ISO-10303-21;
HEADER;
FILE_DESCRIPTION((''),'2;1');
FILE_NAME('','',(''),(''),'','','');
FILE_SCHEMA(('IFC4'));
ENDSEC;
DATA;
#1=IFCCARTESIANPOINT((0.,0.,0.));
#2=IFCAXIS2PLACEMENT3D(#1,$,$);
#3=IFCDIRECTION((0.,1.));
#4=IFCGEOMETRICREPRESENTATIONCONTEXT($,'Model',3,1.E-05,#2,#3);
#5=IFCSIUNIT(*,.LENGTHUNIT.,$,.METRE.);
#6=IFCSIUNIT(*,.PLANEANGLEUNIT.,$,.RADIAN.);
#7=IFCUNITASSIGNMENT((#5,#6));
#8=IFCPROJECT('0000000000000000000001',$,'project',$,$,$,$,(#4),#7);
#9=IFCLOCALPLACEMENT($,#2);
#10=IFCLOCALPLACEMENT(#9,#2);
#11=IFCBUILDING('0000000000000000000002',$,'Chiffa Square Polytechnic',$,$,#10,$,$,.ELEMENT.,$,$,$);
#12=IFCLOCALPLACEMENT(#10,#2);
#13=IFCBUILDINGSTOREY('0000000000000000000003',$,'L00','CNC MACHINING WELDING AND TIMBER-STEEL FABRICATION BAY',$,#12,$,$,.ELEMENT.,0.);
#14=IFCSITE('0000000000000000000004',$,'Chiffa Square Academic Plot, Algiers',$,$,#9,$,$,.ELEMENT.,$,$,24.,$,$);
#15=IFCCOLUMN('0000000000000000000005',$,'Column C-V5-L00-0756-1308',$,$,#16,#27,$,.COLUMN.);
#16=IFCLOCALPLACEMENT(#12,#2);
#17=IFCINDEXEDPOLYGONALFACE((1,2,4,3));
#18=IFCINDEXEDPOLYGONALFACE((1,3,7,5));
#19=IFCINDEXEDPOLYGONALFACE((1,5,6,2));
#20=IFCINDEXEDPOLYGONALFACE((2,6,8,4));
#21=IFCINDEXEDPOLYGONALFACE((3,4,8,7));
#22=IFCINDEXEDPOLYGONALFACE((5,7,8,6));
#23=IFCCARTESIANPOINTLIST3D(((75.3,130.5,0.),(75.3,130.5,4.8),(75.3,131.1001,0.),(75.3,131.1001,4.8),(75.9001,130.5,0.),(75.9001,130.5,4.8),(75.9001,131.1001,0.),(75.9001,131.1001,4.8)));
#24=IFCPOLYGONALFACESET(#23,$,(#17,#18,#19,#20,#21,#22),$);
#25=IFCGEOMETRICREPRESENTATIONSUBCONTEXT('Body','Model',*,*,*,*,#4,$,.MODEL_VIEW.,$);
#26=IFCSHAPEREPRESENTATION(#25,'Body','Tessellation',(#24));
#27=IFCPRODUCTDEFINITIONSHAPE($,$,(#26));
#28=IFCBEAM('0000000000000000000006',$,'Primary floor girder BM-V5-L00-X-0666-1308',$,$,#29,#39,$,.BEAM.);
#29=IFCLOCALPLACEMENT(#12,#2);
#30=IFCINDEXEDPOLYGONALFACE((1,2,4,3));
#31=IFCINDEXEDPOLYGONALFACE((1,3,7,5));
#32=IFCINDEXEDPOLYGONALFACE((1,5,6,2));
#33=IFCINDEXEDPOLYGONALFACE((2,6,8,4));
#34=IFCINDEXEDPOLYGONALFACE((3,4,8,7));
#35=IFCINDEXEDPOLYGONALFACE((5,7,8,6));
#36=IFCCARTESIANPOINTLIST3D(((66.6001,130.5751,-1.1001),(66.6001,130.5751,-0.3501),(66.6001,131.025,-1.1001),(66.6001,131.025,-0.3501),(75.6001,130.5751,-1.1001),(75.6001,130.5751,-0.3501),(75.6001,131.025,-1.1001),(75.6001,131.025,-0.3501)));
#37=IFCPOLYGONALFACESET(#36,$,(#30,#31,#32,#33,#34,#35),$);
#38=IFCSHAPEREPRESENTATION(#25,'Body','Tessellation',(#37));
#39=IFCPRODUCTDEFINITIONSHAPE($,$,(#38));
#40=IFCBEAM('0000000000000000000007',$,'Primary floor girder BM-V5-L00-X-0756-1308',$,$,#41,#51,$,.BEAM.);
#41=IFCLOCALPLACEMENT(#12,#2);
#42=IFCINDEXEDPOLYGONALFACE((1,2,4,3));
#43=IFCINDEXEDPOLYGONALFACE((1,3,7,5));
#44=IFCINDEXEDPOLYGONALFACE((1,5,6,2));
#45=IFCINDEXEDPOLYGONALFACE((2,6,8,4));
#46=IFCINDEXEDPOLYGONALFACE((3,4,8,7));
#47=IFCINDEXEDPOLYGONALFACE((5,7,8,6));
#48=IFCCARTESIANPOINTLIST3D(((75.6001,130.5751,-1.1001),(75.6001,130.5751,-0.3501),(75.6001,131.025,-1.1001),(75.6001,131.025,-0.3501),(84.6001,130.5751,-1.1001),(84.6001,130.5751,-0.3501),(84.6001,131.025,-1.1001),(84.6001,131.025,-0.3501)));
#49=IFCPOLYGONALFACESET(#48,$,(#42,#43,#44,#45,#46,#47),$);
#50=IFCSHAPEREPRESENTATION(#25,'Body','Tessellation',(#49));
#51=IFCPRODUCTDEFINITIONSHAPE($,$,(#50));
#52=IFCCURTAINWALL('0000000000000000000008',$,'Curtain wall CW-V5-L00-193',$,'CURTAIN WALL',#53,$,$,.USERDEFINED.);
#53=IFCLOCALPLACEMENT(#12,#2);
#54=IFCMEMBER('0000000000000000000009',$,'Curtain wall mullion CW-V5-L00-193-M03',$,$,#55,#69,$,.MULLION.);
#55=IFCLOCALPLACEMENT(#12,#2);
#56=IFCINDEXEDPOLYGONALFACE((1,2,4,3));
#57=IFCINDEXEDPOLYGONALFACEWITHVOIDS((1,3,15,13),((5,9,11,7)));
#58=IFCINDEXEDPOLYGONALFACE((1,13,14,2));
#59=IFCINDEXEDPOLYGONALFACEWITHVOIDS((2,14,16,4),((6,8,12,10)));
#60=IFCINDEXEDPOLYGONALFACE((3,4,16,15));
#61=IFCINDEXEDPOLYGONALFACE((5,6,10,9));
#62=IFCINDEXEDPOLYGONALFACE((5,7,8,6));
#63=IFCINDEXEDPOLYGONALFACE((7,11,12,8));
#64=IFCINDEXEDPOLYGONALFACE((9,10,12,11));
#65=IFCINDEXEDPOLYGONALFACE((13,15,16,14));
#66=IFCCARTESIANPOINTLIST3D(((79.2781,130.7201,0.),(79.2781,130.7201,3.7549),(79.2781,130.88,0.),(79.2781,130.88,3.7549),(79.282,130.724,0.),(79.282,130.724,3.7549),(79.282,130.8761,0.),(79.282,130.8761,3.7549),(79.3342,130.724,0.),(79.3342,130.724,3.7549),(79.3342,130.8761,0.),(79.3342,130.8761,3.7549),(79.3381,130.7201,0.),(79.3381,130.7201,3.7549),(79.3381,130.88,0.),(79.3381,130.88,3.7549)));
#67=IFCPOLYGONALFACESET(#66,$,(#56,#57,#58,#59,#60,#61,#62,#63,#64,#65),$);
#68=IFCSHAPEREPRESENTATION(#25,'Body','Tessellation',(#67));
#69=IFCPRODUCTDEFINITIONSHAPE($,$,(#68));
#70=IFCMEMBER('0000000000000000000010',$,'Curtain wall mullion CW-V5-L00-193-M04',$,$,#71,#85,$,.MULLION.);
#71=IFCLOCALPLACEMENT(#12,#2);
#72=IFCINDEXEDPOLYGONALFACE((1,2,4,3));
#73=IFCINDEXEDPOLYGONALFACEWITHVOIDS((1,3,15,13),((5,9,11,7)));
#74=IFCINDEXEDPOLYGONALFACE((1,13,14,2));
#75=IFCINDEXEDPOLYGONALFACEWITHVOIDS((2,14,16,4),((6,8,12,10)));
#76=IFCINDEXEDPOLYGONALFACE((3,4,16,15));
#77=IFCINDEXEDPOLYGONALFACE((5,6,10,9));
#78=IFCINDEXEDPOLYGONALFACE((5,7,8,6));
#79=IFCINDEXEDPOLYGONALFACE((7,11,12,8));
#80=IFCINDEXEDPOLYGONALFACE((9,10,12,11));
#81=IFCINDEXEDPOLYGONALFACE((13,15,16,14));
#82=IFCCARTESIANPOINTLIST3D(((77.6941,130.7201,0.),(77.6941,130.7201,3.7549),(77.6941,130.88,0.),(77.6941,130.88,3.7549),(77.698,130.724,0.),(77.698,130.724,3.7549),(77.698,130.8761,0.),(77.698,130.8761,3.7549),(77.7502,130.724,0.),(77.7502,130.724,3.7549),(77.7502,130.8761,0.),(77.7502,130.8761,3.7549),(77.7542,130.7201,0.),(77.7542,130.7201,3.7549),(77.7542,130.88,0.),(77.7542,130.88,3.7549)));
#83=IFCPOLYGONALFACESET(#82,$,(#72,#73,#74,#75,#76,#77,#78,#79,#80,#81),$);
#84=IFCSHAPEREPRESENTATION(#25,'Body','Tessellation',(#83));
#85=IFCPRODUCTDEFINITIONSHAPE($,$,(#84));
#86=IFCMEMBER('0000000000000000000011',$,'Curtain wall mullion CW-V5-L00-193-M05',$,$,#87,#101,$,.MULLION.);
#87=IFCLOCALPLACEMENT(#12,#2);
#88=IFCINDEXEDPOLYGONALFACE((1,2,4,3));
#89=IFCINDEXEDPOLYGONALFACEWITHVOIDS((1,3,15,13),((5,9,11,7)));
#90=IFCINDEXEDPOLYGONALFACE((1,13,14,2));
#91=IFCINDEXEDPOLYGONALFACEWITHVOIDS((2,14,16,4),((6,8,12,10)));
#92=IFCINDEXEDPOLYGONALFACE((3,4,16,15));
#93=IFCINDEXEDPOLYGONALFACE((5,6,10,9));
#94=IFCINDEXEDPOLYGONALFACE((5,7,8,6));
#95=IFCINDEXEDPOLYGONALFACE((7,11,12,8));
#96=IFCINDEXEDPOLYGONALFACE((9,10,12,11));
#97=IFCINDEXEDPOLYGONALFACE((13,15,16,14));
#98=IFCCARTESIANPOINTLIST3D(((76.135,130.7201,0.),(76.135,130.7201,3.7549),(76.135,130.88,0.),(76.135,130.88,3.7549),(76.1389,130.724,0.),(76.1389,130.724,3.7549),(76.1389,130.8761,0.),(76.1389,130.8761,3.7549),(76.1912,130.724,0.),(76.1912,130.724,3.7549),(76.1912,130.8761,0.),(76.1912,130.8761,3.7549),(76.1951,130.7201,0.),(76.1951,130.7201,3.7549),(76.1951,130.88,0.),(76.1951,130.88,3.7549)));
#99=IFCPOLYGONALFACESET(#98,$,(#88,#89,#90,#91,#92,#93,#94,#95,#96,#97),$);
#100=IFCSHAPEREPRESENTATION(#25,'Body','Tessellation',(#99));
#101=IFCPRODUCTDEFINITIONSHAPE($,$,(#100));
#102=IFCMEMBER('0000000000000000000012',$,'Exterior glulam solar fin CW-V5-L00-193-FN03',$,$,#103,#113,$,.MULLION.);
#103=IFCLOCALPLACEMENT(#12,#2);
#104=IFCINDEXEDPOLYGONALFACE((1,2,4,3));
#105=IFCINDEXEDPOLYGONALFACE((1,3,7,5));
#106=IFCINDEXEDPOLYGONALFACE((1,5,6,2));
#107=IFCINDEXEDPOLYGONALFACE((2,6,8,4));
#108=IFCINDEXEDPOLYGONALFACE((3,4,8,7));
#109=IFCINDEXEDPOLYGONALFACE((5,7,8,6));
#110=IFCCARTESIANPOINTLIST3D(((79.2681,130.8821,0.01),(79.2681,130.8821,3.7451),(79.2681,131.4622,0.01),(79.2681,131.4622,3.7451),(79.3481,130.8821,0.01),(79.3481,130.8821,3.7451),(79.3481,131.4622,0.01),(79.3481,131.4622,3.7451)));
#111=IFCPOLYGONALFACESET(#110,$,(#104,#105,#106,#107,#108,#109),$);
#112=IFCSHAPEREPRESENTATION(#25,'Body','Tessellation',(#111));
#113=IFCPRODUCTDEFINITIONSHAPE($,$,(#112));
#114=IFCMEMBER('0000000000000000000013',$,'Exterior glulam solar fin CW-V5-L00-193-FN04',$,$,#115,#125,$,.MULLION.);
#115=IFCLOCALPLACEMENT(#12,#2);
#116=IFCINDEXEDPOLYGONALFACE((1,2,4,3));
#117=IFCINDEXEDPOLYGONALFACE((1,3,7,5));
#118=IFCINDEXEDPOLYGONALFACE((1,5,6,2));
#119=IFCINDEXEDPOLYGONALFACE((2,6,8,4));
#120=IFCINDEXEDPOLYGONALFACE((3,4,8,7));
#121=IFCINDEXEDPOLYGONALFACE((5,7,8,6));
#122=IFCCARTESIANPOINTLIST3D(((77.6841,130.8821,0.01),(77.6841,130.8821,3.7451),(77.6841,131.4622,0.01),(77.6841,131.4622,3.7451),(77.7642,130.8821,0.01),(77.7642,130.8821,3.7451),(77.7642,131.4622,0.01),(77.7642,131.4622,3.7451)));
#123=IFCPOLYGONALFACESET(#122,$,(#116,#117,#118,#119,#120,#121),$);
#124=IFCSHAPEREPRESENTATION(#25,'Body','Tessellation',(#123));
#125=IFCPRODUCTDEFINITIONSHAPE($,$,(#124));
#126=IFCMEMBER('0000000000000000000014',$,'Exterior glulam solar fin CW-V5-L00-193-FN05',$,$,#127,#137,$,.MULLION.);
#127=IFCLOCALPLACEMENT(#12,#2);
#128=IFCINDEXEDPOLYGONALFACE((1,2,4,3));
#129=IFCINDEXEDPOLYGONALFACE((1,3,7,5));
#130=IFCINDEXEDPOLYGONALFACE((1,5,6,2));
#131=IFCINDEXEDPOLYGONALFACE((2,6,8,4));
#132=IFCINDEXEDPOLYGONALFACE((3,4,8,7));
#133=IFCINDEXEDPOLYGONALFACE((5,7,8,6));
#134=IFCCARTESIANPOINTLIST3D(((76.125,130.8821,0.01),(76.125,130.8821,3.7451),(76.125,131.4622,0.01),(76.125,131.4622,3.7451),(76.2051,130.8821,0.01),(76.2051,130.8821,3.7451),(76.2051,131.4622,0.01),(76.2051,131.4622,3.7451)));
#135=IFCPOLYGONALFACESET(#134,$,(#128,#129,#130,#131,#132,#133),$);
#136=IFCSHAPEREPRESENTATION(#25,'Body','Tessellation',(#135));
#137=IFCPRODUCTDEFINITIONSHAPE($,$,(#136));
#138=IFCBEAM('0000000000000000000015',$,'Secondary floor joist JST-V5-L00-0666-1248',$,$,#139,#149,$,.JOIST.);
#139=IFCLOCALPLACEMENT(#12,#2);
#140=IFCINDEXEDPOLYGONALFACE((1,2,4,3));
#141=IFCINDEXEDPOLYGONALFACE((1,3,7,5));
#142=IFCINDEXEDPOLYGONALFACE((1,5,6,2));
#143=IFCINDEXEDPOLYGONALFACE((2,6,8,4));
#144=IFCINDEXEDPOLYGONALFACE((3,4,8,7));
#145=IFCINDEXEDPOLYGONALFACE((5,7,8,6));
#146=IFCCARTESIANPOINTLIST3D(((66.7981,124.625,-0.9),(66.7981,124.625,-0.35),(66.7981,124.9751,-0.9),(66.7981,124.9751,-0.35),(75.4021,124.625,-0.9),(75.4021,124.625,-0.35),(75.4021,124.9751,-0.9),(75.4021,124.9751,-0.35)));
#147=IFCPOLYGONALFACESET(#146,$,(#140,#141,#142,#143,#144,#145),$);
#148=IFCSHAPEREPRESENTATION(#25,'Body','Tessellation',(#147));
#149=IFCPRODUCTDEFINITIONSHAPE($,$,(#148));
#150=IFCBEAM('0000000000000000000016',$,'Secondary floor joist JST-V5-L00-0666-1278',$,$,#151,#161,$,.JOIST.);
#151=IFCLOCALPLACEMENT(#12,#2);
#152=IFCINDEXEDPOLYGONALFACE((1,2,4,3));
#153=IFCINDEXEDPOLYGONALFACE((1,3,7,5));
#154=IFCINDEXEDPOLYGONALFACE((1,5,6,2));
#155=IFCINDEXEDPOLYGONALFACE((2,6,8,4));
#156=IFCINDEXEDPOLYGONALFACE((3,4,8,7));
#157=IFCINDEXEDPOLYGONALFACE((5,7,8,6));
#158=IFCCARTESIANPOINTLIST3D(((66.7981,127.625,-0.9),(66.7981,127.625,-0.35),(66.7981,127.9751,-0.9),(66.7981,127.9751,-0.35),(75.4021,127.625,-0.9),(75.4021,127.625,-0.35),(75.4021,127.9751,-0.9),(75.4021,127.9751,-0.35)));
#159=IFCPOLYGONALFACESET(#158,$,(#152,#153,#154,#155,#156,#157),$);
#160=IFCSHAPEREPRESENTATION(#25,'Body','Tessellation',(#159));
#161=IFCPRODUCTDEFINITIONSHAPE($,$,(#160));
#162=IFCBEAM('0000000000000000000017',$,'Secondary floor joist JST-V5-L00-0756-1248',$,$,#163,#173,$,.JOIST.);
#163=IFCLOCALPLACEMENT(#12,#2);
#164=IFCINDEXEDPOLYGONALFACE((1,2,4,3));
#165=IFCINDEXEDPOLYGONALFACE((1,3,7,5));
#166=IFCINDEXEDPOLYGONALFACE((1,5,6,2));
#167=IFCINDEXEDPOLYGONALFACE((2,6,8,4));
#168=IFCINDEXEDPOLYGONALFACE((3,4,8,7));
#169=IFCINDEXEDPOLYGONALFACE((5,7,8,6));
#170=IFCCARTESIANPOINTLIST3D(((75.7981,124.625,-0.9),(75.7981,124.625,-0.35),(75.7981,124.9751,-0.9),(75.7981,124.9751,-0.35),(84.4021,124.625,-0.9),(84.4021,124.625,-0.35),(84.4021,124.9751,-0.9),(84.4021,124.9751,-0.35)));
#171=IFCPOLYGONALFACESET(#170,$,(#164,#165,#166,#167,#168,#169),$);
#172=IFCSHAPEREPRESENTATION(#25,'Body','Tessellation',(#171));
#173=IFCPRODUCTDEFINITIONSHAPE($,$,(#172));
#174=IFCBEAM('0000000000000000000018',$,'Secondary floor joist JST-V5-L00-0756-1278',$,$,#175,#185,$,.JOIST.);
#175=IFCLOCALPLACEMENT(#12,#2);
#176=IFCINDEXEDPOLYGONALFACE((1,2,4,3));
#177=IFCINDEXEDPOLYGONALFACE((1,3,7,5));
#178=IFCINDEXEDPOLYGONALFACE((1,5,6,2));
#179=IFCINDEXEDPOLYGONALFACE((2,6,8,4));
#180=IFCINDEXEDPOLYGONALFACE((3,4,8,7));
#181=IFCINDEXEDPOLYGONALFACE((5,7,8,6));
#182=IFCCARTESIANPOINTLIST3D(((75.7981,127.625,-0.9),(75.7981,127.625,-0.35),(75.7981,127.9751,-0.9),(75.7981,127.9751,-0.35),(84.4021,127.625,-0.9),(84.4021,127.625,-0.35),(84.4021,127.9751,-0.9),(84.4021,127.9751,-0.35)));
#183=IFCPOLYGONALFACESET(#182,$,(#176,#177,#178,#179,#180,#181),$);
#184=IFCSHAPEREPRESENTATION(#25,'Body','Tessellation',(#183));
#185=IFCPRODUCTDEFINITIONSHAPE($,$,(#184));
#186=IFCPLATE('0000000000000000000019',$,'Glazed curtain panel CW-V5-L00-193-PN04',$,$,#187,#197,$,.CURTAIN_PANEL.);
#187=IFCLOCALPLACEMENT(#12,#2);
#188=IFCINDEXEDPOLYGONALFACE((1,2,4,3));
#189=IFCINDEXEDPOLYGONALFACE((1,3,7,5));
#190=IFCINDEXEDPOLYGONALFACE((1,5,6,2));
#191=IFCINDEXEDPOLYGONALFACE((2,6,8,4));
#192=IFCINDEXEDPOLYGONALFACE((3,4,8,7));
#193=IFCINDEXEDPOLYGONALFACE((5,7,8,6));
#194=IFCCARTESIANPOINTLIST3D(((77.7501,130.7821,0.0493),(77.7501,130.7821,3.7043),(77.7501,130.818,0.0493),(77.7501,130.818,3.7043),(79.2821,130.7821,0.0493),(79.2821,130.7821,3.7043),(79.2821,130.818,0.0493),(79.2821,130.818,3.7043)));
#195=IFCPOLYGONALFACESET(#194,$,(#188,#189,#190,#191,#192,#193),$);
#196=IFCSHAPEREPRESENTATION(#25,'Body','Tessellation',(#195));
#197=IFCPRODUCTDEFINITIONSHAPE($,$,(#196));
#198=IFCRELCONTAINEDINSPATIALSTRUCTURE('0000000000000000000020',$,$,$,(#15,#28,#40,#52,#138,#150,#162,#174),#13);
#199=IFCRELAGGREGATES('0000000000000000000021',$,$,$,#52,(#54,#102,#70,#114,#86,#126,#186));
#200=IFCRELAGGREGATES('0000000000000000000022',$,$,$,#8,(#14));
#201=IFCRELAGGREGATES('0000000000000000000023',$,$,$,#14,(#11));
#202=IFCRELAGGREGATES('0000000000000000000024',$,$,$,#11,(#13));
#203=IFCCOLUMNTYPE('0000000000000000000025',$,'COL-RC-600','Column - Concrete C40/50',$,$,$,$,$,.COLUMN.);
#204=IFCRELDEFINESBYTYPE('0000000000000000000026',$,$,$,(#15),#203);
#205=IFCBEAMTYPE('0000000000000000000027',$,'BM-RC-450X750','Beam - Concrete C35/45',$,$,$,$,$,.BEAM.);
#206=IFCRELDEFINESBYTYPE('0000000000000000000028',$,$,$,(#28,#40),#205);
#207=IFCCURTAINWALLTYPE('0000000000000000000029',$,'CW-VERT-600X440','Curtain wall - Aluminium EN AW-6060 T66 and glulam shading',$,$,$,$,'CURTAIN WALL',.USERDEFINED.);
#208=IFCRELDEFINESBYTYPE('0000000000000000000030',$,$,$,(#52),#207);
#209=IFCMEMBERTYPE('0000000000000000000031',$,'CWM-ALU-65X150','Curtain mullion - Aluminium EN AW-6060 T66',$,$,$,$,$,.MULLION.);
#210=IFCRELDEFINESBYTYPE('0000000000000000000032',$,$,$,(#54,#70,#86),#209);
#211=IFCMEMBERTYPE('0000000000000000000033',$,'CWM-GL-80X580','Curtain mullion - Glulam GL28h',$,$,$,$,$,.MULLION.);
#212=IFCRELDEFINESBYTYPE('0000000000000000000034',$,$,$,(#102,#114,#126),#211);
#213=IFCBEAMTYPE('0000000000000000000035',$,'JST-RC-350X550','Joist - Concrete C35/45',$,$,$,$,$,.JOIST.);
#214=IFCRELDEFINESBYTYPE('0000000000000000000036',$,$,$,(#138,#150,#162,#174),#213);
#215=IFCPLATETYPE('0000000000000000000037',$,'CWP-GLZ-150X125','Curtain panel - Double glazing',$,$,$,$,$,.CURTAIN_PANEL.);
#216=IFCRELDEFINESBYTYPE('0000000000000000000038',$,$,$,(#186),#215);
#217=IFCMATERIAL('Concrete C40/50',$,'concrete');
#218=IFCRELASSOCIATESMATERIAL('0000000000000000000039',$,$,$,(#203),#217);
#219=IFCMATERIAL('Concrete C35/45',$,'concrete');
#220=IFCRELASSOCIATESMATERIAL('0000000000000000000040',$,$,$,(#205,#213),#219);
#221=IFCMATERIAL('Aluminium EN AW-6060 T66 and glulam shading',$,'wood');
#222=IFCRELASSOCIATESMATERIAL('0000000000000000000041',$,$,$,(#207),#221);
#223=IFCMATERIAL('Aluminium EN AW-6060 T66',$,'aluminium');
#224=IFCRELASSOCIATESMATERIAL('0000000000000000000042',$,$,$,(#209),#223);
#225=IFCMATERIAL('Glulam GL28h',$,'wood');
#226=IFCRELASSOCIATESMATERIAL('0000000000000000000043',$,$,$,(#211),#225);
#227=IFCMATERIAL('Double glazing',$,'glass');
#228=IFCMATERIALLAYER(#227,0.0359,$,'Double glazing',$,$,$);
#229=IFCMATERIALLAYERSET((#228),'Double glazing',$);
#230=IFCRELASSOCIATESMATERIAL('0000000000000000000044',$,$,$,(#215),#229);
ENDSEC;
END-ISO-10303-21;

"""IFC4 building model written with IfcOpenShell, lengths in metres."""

from ifc_helpers import new_model, si_unit, direction, frame, origin, origin_2d, place, context, subcontext, project, spatial, rectangle, hollow_rectangle, extrude, material, layer, layer_set, material_profile, profile_set, type_object, element, aggregate, save


model = new_model("IFC4")

# Units and contexts
model_context = context("Model", 3, precision=1e-05, world=origin(), true_north=direction((0.0, 1.0)))
body_context = subcontext(model_context, "Body", "Model", "MODEL_VIEW")
ifc_project = project(units=[si_unit("LENGTHUNIT", "METRE"), si_unit("PLANEANGLEUNIT", "RADIAN")], contexts=[model_context])

# Site, building, storey
site_placement = place(None, origin())
site = spatial("IfcSite", under=ifc_project, at=site_placement, Name="Chiffa Square Academic Plot, Algiers", CompositionType="ELEMENT", RefElevation=24.0)
building_placement = place(site_placement, origin())
building = spatial("IfcBuilding", under=site, at=building_placement, Name="Chiffa Square Polytechnic", CompositionType="ELEMENT")
storey_placement = place(building_placement, origin())
storey = spatial("IfcBuildingStorey", under=building, at=storey_placement, Name="L00", Description="CNC MACHINING WELDING AND TIMBER-STEEL FABRICATION BAY", CompositionType="ELEMENT", Elevation=0.0)

# Column
ifc_material_1 = material(Name="Concrete C40/50", Category="concrete")
ifc_material_profile_1 = material_profile(ifc_material_1, rectangle(XDim=0.6001, YDim=0.6001, at=origin_2d()), Name="RC 600x600")
ifc_profile_set_1 = profile_set([ifc_material_profile_1], Name="Concrete C40/50")
column_type = type_object("IfcColumnType", Name="COL-RC-600", Description="Column - Concrete C40/50", PredefinedType="COLUMN", material=ifc_profile_set_1)
column_placement = place(storey_placement, frame((75.6001, 130.8, 0.0), z_axis=(0.0, 0.0, 1.0), x_axis=(1.0, 0.0, 0.0)))
element("IfcColumn", 1, at=column_placement, inside=storey, type_object=column_type, Name="Column C-V5-L00-0756-1308", PredefinedType="COLUMN", context=body_context, shape_type="SweptSolid", body=[
    extrude(rectangle(XDim=0.6001, YDim=0.6001, at=origin_2d()), origin(), (0.0, 0.0, 1.0), 4.8),
])

# Beams
ifc_material_2 = material(Name="Concrete C35/45", Category="concrete")
ifc_material_profile_2 = material_profile(ifc_material_2, rectangle(XDim=0.45, YDim=0.75, at=origin_2d()), Name="RC 450x750")
ifc_profile_set_2 = profile_set([ifc_material_profile_2], Name="Concrete C35/45")
beam_type_1 = type_object("IfcBeamType", Name="BM-RC-450X750", Description="Beam - Concrete C35/45", PredefinedType="BEAM", material=ifc_profile_set_2)
for number, where, z_axis, x_axis, name in (
    (2, (66.6001, 130.8, -0.7251), (1.0, 0.0, 0.0), (0.0, 1.0, 0.0), "Primary floor girder BM-V5-L00-X-0666-1308"),
    (3, (75.6001, 130.8, -0.7251), (1.0, 0.0, 0.0), (0.0, 1.0, 0.0), "Primary floor girder BM-V5-L00-X-0756-1308"),
):
    element("IfcBeam", number, at=place(storey_placement, frame(where, z_axis=z_axis, x_axis=x_axis)), inside=storey, type_object=beam_type_1, Name=name, PredefinedType="BEAM", context=body_context, shape_type="SweptSolid", body=[
        extrude(rectangle(XDim=0.45, YDim=0.75, at=origin_2d()), origin(), (0.0, 0.0, 1.0), 9.0),
    ])

# Curtain wall, members
ifc_material_3 = material(Name="Aluminium EN AW-6060 T66 and glulam shading", Category="wood")
curtain_wall_type = type_object("IfcCurtainWallType", Name="CW-VERT-600X440", Description="Curtain wall - Aluminium EN AW-6060 T66 and glulam shading", ElementType="CURTAIN WALL", PredefinedType="USERDEFINED", material=ifc_material_3)
curtain_wall_placement = place(storey_placement, origin())
curtain_wall = element("IfcCurtainWall", 4, at=curtain_wall_placement, inside=storey, type_object=curtain_wall_type, Name="Curtain wall CW-V5-L00-193", ObjectType="CURTAIN WALL", PredefinedType="USERDEFINED")
ifc_material_4 = material(Name="Aluminium EN AW-6060 T66", Category="aluminium")
ifc_material_profile_3 = material_profile(ifc_material_4, hollow_rectangle(XDim=0.0601, YDim=0.1599, WallThickness=0.0039, at=origin_2d()), Name="ALU 60x160x4")
ifc_profile_set_3 = profile_set([ifc_material_profile_3], Name="Aluminium EN AW-6060 T66")
member_type_1 = type_object("IfcMemberType", Name="CWM-ALU-65X150", Description="Curtain mullion - Aluminium EN AW-6060 T66", PredefinedType="MULLION", material=ifc_profile_set_3)
member_1_placement = place(storey_placement, frame((79.3081, 130.8, 0.0), z_axis=(0.0, 0.0, 1.0), x_axis=(1.0, 0.0, 0.0)))
member_1 = element("IfcMember", 5, at=member_1_placement, type_object=member_type_1, Name="Curtain wall mullion CW-V5-L00-193-M03", PredefinedType="MULLION", context=body_context, shape_type="SweptSolid", body=[
    extrude(hollow_rectangle(XDim=0.0601, YDim=0.1599, WallThickness=0.0039, at=origin_2d()), origin(), (0.0, 0.0, 1.0), 3.7549),
])
member_2_placement = place(storey_placement, frame((77.7241, 130.8, 0.0), z_axis=(0.0, 0.0, 1.0), x_axis=(1.0, 0.0, 0.0)))
member_2 = element("IfcMember", 6, at=member_2_placement, type_object=member_type_1, Name="Curtain wall mullion CW-V5-L00-193-M04", PredefinedType="MULLION", context=body_context, shape_type="SweptSolid", body=[
    extrude(hollow_rectangle(XDim=0.0601, YDim=0.1599, WallThickness=0.0039, at=origin_2d()), origin(), (0.0, 0.0, 1.0), 3.7549),
])
member_3_placement = place(storey_placement, frame((76.165, 130.8, 0.0), z_axis=(0.0, 0.0, 1.0), x_axis=(1.0, 0.0, 0.0)))
member_3 = element("IfcMember", 7, at=member_3_placement, type_object=member_type_1, Name="Curtain wall mullion CW-V5-L00-193-M05", PredefinedType="MULLION", context=body_context, shape_type="SweptSolid", body=[
    extrude(hollow_rectangle(XDim=0.0601, YDim=0.1599, WallThickness=0.0039, at=origin_2d()), origin(), (0.0, 0.0, 1.0), 3.7549),
])
ifc_material_5 = material(Name="Glulam GL28h", Category="wood")
ifc_material_profile_4 = material_profile(ifc_material_5, rectangle(XDim=0.0801, YDim=0.5801, at=origin_2d()), Name="GL28h 80x580")
ifc_profile_set_4 = profile_set([ifc_material_profile_4], Name="Glulam GL28h")
member_type_2 = type_object("IfcMemberType", Name="CWM-GL-80X580", Description="Curtain mullion - Glulam GL28h", PredefinedType="MULLION", material=ifc_profile_set_4)
member_4_placement = place(storey_placement, frame((79.3081, 131.1721, 0.01), z_axis=(0.0, 0.0, 1.0), x_axis=(-1.0, 0.0, 0.0)))
member_4 = element("IfcMember", 8, at=member_4_placement, type_object=member_type_2, Name="Exterior glulam solar fin CW-V5-L00-193-FN03", PredefinedType="MULLION", context=body_context, shape_type="SweptSolid", body=[
    extrude(rectangle(XDim=0.0801, YDim=0.5801, at=origin_2d()), origin(), (0.0, 0.0, 1.0), 3.7351),
])
member_5_placement = place(storey_placement, frame((77.7241, 131.1721, 0.01), z_axis=(0.0, 0.0, 1.0), x_axis=(-1.0, 0.0, 0.0)))
member_5 = element("IfcMember", 9, at=member_5_placement, type_object=member_type_2, Name="Exterior glulam solar fin CW-V5-L00-193-FN04", PredefinedType="MULLION", context=body_context, shape_type="SweptSolid", body=[
    extrude(rectangle(XDim=0.0801, YDim=0.5801, at=origin_2d()), origin(), (0.0, 0.0, 1.0), 3.7351),
])
member_6_placement = place(storey_placement, frame((76.165, 131.1721, 0.01), z_axis=(0.0, 0.0, 1.0), x_axis=(-1.0, 0.0, 0.0)))
member_6 = element("IfcMember", 10, at=member_6_placement, type_object=member_type_2, Name="Exterior glulam solar fin CW-V5-L00-193-FN05", PredefinedType="MULLION", context=body_context, shape_type="SweptSolid", body=[
    extrude(rectangle(XDim=0.0801, YDim=0.5801, at=origin_2d()), origin(), (0.0, 0.0, 1.0), 3.7351),
])

# Beams
ifc_material_profile_5 = material_profile(ifc_material_2, rectangle(XDim=0.3501, YDim=0.55, at=origin_2d()), Name="RC 350x550")
ifc_profile_set_5 = profile_set([ifc_material_profile_5], Name="Concrete C35/45")
beam_type_2 = type_object("IfcBeamType", Name="JST-RC-350X550", Description="Joist - Concrete C35/45", PredefinedType="JOIST", material=ifc_profile_set_5)
for number, where, z_axis, x_axis, name in (
    (11, (66.7981, 124.8, -0.625), (1.0, 0.0, 0.0), (0.0, 1.0, 0.0), "Secondary floor joist JST-V5-L00-0666-1248"),
    (12, (66.7981, 127.8, -0.625), (1.0, 0.0, 0.0), (0.0, 1.0, 0.0), "Secondary floor joist JST-V5-L00-0666-1278"),
    (13, (75.7981, 124.8, -0.625), (1.0, 0.0, 0.0), (0.0, 1.0, 0.0), "Secondary floor joist JST-V5-L00-0756-1248"),
    (14, (75.7981, 127.8, -0.625), (1.0, 0.0, 0.0), (0.0, 1.0, 0.0), "Secondary floor joist JST-V5-L00-0756-1278"),
):
    element("IfcBeam", number, at=place(storey_placement, frame(where, z_axis=z_axis, x_axis=x_axis)), inside=storey, type_object=beam_type_2, Name=name, PredefinedType="JOIST", context=body_context, shape_type="SweptSolid", body=[
        extrude(rectangle(XDim=0.3501, YDim=0.55, at=origin_2d()), origin(), (0.0, 0.0, 1.0), 8.604),
    ])

# Plate
ifc_material_6 = material(Name="Double glazing", Category="glass")
ifc_layer_1 = layer(ifc_material_6, 0.0359, Name="Double glazing")
ifc_layer_set_1 = layer_set([ifc_layer_1], Name="Double glazing")
plate_type = type_object("IfcPlateType", Name="CWP-GLZ-150X125", Description="Curtain panel - Double glazing", PredefinedType="CURTAIN_PANEL", material=ifc_layer_set_1)
plate_1_placement = place(storey_placement, frame((78.5161, 130.8, 0.0493), z_axis=(0.0, 0.0, 1.0), x_axis=(-1.0, 0.0, 0.0)))
plate_1 = element("IfcPlate", 15, at=plate_1_placement, type_object=plate_type, Name="Glazed curtain panel CW-V5-L00-193-PN04", PredefinedType="CURTAIN_PANEL", context=body_context, shape_type="SweptSolid", body=[
    extrude(rectangle(XDim=1.532, YDim=0.0359, at=origin_2d()), origin(), (0.0, 0.0, 1.0), 3.655),
])
aggregate(curtain_wall, [member_1, member_4, member_2, member_5, member_3, member_6, plate_1])

save(model, "model.ifc")
